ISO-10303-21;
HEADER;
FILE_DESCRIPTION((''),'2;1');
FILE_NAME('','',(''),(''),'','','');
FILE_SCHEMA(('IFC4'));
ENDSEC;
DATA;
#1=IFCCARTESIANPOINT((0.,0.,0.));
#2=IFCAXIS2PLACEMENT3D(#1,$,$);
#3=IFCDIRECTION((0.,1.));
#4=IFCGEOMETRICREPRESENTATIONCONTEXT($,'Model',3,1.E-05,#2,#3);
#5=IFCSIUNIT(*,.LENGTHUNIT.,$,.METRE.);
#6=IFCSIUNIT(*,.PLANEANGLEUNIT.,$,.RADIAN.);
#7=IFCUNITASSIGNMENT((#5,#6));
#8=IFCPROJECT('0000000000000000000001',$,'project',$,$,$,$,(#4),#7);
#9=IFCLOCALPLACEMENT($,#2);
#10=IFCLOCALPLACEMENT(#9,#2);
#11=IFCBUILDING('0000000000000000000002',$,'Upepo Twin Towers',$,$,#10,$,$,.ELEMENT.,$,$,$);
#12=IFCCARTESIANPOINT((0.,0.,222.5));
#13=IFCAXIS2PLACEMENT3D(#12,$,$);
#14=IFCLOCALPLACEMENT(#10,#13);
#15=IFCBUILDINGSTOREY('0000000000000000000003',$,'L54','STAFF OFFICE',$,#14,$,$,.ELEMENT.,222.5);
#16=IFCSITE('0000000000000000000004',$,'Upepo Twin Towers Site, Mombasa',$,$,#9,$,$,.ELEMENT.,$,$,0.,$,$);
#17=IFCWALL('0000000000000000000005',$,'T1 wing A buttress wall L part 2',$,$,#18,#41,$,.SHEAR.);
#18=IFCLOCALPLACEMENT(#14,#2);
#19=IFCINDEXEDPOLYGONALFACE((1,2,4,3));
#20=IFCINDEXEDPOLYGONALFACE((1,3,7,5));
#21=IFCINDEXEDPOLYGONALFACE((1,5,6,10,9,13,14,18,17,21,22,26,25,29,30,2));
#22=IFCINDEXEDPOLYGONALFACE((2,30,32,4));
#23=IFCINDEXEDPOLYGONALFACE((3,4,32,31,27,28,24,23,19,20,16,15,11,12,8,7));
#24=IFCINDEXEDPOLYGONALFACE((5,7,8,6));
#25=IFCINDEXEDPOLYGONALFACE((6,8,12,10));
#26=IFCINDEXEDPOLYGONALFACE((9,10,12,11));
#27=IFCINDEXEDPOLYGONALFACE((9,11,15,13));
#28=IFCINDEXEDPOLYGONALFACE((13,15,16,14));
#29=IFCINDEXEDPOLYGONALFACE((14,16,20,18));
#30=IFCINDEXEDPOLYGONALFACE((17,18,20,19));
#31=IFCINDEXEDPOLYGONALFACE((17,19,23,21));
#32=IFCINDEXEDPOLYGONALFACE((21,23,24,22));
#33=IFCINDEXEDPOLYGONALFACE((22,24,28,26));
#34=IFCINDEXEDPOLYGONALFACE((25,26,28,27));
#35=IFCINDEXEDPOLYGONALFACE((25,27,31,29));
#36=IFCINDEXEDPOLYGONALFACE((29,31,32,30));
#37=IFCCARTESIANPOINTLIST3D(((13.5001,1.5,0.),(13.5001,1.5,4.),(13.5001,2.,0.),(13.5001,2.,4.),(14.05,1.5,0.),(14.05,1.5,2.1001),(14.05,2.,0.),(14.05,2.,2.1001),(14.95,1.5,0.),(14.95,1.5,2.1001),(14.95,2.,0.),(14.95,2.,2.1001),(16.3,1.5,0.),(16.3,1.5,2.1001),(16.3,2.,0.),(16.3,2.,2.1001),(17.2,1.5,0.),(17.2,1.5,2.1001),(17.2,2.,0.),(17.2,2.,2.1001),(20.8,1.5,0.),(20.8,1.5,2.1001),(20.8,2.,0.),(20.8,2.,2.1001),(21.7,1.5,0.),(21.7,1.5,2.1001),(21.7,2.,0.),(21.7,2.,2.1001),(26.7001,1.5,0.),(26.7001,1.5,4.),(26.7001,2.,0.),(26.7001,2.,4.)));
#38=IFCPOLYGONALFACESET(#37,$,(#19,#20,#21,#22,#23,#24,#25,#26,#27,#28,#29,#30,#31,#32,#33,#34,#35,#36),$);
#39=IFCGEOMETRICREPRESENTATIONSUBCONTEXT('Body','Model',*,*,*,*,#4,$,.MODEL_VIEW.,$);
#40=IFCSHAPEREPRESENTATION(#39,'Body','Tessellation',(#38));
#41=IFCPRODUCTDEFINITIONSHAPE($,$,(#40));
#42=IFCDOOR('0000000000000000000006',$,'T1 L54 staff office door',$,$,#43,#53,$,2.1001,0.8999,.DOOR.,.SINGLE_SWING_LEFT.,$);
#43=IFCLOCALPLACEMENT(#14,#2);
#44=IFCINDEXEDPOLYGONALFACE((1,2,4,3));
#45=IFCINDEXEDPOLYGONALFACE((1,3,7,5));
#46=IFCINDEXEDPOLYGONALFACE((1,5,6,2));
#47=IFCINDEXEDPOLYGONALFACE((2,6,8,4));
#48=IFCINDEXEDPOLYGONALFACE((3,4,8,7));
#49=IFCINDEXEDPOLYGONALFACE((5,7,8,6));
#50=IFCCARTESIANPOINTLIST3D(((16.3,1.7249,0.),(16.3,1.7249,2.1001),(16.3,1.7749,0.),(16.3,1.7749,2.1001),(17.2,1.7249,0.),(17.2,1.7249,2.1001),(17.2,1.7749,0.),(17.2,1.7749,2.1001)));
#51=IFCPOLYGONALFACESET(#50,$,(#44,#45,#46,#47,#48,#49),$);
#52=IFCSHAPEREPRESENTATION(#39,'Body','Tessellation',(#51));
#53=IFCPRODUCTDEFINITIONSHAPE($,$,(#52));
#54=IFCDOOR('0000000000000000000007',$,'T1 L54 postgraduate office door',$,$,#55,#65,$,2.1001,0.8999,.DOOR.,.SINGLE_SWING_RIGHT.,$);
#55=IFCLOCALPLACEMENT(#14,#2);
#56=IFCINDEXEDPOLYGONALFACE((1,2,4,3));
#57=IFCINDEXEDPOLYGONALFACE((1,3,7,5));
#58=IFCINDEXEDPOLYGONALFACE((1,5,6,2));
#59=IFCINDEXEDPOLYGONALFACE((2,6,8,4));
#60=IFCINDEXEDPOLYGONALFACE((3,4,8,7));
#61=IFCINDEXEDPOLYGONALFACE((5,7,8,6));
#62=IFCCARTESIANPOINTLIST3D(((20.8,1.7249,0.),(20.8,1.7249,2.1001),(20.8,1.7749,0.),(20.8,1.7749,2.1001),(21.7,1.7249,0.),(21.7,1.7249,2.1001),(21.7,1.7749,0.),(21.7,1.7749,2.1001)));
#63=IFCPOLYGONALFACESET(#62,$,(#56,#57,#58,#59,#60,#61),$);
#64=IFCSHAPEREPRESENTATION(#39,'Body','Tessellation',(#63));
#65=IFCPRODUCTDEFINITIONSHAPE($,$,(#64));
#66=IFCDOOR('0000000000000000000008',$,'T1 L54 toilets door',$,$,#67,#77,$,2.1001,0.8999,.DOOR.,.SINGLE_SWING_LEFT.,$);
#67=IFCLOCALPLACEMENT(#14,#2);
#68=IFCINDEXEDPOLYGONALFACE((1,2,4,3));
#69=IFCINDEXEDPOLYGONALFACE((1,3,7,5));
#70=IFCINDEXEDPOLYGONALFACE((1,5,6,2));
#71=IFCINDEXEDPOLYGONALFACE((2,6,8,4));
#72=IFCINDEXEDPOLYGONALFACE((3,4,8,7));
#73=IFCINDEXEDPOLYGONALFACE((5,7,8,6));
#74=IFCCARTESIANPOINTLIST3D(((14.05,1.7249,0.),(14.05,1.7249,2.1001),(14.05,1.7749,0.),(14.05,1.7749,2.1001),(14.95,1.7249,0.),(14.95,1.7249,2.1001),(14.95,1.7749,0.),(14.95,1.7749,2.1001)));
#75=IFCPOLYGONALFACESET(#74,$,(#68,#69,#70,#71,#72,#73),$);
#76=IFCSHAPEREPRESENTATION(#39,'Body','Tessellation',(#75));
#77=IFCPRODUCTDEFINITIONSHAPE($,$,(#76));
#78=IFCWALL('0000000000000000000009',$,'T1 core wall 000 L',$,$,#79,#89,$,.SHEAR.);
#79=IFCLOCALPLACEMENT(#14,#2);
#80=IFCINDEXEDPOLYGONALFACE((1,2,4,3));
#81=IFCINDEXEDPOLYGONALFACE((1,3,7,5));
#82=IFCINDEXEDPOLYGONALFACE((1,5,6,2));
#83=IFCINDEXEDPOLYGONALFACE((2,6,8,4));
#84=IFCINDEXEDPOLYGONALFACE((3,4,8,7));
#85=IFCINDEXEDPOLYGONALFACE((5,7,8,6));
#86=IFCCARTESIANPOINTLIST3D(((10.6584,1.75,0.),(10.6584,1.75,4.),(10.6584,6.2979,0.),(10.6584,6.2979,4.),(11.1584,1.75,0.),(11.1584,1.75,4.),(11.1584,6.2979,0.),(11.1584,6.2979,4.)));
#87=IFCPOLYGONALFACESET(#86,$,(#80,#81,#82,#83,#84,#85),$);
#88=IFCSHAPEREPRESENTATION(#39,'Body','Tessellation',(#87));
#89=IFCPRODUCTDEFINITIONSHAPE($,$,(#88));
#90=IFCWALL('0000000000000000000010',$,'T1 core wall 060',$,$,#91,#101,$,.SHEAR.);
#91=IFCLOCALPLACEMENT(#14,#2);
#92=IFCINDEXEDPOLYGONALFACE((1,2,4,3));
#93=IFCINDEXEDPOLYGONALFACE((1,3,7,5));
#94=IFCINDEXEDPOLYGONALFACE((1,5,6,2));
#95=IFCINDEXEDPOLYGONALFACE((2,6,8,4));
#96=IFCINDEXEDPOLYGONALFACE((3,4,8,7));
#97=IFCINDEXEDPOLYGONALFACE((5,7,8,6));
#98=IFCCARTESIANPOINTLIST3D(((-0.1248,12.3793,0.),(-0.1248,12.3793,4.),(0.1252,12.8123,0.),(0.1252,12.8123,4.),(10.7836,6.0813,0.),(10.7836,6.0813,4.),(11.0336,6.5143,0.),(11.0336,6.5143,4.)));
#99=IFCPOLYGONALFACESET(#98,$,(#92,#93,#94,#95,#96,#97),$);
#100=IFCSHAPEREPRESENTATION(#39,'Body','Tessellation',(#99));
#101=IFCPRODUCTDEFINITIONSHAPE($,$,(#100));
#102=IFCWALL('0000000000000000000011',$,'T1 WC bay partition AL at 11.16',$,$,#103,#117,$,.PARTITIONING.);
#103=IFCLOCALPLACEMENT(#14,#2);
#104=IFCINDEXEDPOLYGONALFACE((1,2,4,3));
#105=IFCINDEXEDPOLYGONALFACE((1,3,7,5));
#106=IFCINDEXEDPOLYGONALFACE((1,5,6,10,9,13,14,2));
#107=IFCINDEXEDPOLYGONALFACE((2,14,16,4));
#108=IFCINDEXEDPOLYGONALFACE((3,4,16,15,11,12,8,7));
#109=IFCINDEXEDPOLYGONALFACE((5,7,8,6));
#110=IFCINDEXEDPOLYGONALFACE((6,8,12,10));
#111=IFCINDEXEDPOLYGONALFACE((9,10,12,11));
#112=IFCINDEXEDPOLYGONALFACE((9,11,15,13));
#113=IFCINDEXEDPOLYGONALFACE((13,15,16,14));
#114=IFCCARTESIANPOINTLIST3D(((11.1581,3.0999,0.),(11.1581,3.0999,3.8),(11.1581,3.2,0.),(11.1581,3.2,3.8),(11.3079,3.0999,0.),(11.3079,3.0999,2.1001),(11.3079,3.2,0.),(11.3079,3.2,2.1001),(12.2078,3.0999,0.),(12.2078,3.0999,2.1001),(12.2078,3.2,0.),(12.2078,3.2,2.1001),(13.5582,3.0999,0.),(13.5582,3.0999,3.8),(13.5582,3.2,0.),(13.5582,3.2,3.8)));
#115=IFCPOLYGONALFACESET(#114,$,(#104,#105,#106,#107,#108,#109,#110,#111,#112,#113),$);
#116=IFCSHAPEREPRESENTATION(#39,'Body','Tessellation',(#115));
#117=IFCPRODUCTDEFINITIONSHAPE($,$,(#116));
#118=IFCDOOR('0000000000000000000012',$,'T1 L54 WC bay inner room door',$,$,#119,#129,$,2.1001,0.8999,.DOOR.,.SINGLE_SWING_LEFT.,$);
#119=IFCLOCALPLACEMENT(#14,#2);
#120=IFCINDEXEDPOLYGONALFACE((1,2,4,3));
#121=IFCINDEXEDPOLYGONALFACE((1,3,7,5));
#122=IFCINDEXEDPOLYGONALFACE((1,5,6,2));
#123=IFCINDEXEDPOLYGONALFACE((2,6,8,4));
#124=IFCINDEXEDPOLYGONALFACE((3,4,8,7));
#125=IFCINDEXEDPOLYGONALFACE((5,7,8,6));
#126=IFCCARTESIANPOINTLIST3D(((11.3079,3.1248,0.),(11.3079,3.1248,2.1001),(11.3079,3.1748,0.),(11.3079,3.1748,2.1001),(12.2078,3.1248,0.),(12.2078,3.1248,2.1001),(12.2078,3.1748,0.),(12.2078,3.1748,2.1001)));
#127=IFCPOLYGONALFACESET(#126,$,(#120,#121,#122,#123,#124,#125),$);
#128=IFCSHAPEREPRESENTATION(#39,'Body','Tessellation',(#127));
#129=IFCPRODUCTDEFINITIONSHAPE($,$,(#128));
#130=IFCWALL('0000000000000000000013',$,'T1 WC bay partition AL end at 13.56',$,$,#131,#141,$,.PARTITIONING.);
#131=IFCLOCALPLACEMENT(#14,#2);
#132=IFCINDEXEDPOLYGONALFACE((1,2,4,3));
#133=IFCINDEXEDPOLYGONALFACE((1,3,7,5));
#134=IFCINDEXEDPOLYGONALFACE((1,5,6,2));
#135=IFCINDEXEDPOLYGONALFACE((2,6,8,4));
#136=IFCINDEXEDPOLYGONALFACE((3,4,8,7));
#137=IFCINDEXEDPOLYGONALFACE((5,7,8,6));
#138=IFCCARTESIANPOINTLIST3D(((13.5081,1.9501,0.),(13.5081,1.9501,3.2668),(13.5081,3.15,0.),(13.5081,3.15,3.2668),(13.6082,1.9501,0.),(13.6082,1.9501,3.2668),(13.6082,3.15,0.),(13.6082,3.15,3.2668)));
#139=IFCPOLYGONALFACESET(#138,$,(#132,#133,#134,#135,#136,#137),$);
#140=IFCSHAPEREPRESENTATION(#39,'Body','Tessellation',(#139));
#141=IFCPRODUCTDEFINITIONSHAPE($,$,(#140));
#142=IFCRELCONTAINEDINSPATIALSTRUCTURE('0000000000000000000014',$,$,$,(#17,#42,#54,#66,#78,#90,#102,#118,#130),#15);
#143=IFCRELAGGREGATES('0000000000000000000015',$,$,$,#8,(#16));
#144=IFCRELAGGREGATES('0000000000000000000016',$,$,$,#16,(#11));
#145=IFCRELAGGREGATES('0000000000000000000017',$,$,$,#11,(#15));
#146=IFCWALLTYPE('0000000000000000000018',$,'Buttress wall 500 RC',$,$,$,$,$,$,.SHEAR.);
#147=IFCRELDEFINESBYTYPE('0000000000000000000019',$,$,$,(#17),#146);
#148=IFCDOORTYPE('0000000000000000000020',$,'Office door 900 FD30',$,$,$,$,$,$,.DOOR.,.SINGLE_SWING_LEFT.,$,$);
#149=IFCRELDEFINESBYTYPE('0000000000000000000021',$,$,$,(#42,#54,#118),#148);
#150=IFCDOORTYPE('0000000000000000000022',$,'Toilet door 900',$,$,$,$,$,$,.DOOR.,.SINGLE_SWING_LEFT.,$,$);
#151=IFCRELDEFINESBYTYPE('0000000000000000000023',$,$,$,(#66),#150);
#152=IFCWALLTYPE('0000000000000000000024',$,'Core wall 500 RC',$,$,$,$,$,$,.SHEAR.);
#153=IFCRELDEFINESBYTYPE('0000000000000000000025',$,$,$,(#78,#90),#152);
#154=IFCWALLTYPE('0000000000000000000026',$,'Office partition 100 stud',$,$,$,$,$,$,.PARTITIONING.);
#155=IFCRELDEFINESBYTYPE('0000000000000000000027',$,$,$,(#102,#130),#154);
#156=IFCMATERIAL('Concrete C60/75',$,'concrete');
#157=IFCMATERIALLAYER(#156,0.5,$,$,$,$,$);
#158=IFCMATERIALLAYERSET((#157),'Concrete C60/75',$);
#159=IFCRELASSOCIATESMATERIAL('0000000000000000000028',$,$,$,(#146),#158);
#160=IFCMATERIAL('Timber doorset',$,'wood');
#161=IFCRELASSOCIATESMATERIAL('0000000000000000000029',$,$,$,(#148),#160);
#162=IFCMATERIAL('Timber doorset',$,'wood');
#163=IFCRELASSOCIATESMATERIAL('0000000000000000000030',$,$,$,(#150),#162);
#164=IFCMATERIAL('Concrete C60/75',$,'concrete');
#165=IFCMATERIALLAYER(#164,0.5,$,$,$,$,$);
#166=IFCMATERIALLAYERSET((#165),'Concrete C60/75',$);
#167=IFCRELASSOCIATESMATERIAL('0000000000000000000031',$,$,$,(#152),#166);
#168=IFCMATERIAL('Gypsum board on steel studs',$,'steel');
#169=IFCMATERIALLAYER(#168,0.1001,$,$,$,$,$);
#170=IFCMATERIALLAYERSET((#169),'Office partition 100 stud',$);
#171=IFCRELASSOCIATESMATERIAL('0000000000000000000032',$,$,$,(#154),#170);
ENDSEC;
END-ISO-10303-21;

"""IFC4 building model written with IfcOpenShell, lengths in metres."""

from ifc_helpers import new_model, si_unit, direction, frame, frame_2d, origin, place, context, subcontext, project, spatial, rectangle, extrude, material, layer, layer_set, type_object, element, fill, save


model = new_model("IFC4")

# Units and contexts
model_context = context("Model", 3, precision=1e-05, world=origin(), true_north=direction((0.0, 1.0)))
body_context = subcontext(model_context, "Body", "Model", "MODEL_VIEW")
ifc_project = project(units=[si_unit("LENGTHUNIT", "METRE"), si_unit("PLANEANGLEUNIT", "RADIAN")], contexts=[model_context])

# Site, building, storey
site_placement = place(None, origin())
site = spatial("IfcSite", under=ifc_project, at=site_placement, Name="Upepo Twin Towers Site, Mombasa", CompositionType="ELEMENT", RefElevation=0.0)
building_placement = place(site_placement, origin())
building = spatial("IfcBuilding", under=site, at=building_placement, Name="Upepo Twin Towers", CompositionType="ELEMENT")
storey_placement = place(building_placement, frame((0.0, 0.0, 222.5)))
storey = spatial("IfcBuildingStorey", under=building, at=storey_placement, Name="L54", Description="STAFF OFFICE", CompositionType="ELEMENT", Elevation=222.5)

# Wall, openings, doors
ifc_material_1 = material(Name="Concrete C60/75", Category="concrete")
ifc_layer_1 = layer(ifc_material_1, 0.5)
ifc_layer_set_1 = layer_set([ifc_layer_1], Name="Concrete C60/75")
wall_type_1 = type_object("IfcWallType", Name="Buttress wall 500 RC", PredefinedType="SHEAR", material=ifc_layer_set_1)
wall_1_placement = place(storey_placement, frame((13.5, 1.75, 0.0), z_axis=(0.0, 0.0, 1.0), x_axis=(1.0, 0.0, 0.0)))
wall_1 = element("IfcWall", 1, at=wall_1_placement, inside=storey, type_object=wall_type_1, Name="T1 wing A buttress wall L part 2", PredefinedType="SHEAR", context=body_context, shape_type="SweptSolid", body=[
    extrude(rectangle(XDim=13.2, YDim=0.5, at=frame_2d((6.6001, 0.0))), origin(), (0.0, 0.0, 1.0), 4.0),
])
opening_1_placement = place(wall_1_placement, frame((0.55, 0.0, 0.0)))
opening_1 = element("IfcOpeningElement", 2, at=opening_1_placement, cuts=wall_1, PredefinedType="OPENING", context=body_context, shape_type="SweptSolid", body=[
    extrude(rectangle(XDim=0.8999, YDim=2.1001, at=frame_2d((0.45, 1.05))), frame((0.0, 0.26, 0.0), z_axis=(0.0, -1.0, 0.0), x_axis=(1.0, 0.0, 0.0)), (0.0, 0.0, 1.0), 0.52),
])
opening_2_placement = place(wall_1_placement, frame((2.8, 0.0, 0.0)))
opening_2 = element("IfcOpeningElement", 3, at=opening_2_placement, cuts=wall_1, PredefinedType="OPENING", context=body_context, shape_type="SweptSolid", body=[
    extrude(rectangle(XDim=0.8999, YDim=2.1001, at=frame_2d((0.45, 1.05))), frame((0.0, 0.26, 0.0), z_axis=(0.0, -1.0, 0.0), x_axis=(1.0, 0.0, 0.0)), (0.0, 0.0, 1.0), 0.52),
])
opening_3_placement = place(wall_1_placement, frame((7.3, 0.0, 0.0)))
opening_3 = element("IfcOpeningElement", 4, at=opening_3_placement, cuts=wall_1, PredefinedType="OPENING", context=body_context, shape_type="SweptSolid", body=[
    extrude(rectangle(XDim=0.8999, YDim=2.1001, at=frame_2d((0.45, 1.05))), frame((0.0, 0.26, 0.0), z_axis=(0.0, -1.0, 0.0), x_axis=(1.0, 0.0, 0.0)), (0.0, 0.0, 1.0), 0.52),
])
ifc_material_2 = material(Name="Timber doorset", Category="wood")
door_type_1 = type_object("IfcDoorType", Name="Office door 900 FD30", OperationType="SINGLE_SWING_LEFT", PredefinedType="DOOR", material=ifc_material_2)
door_1_placement = place(opening_2_placement, origin())
door_1 = element("IfcDoor", 5, at=door_1_placement, inside=storey, type_object=door_type_1, Name="T1 L54 staff office door", OperationType="SINGLE_SWING_LEFT", OverallHeight=2.1001, OverallWidth=0.8999, PredefinedType="DOOR", context=body_context, shape_type="SweptSolid", body=[
    extrude(rectangle(XDim=0.8999, YDim=2.1001, at=frame_2d((0.45, 1.05))), frame((0.0, 0.0249, 0.0), z_axis=(0.0, -1.0, 0.0), x_axis=(1.0, 0.0, 0.0)), (0.0, 0.0, 1.0), 0.05),
])
fill(opening_2, door_1)
door_2_placement = place(opening_3_placement, origin())
door_2 = element("IfcDoor", 6, at=door_2_placement, inside=storey, type_object=door_type_1, Name="T1 L54 postgraduate office door", OperationType="SINGLE_SWING_RIGHT", OverallHeight=2.1001, OverallWidth=0.8999, PredefinedType="DOOR", context=body_context, shape_type="SweptSolid", body=[
    extrude(rectangle(XDim=0.8999, YDim=2.1001, at=frame_2d((0.45, 1.05))), frame((0.0, 0.0249, 0.0), z_axis=(0.0, -1.0, 0.0), x_axis=(1.0, 0.0, 0.0)), (0.0, 0.0, 1.0), 0.05),
])
fill(opening_3, door_2)
ifc_material_3 = material(Name="Timber doorset", Category="wood")
door_type_2 = type_object("IfcDoorType", Name="Toilet door 900", OperationType="SINGLE_SWING_LEFT", PredefinedType="DOOR", material=ifc_material_3)
door_3_placement = place(opening_1_placement, origin())
door_3 = element("IfcDoor", 7, at=door_3_placement, inside=storey, type_object=door_type_2, Name="T1 L54 toilets door", OperationType="SINGLE_SWING_LEFT", OverallHeight=2.1001, OverallWidth=0.8999, PredefinedType="DOOR", context=body_context, shape_type="SweptSolid", body=[
    extrude(rectangle(XDim=0.8999, YDim=2.1001, at=frame_2d((0.45, 1.05))), frame((0.0, 0.0249, 0.0), z_axis=(0.0, -1.0, 0.0), x_axis=(1.0, 0.0, 0.0)), (0.0, 0.0, 1.0), 0.05),
])
fill(opening_1, door_3)

# Walls
ifc_material_4 = material(Name="Concrete C60/75", Category="concrete")
ifc_layer_2 = layer(ifc_material_4, 0.5)
ifc_layer_set_2 = layer_set([ifc_layer_2], Name="Concrete C60/75")
wall_type_2 = type_object("IfcWallType", Name="Core wall 500 RC", PredefinedType="SHEAR", material=ifc_layer_set_2)
wall_2_placement = place(storey_placement, frame((10.9084, 1.75, 0.0), z_axis=(0.0, 0.0, 1.0), x_axis=(0.0, 1.0, 0.0)))
element("IfcWall", 8, at=wall_2_placement, inside=storey, type_object=wall_type_2, Name="T1 core wall 000 L", PredefinedType="SHEAR", context=body_context, shape_type="SweptSolid", body=[
    extrude(rectangle(XDim=4.5479, YDim=0.5, at=frame_2d((2.2739, 0.0))), origin(), (0.0, 0.0, 1.0), 4.0),
])
wall_3_placement = place(storey_placement, frame((10.9084, 6.2979, 0.0), z_axis=(0.0, 0.0, 1.0), x_axis=(-0.866022, 0.500006, 0.0)))
element("IfcWall", 9, at=wall_3_placement, inside=storey, type_object=wall_type_2, Name="T1 core wall 060", PredefinedType="SHEAR", context=body_context, shape_type="SweptSolid", body=[
    extrude(rectangle(XDim=12.5959, YDim=0.5, at=frame_2d((6.2979, 0.0))), origin(), (0.0, 0.0, 1.0), 4.0),
])

# Wall, opening, door
ifc_material_5 = material(Name="Gypsum board on steel studs", Category="steel")
ifc_layer_3 = layer(ifc_material_5, 0.1001)
ifc_layer_set_3 = layer_set([ifc_layer_3], Name="Office partition 100 stud")
wall_type_3 = type_object("IfcWallType", Name="Office partition 100 stud", PredefinedType="PARTITIONING", material=ifc_layer_set_3)
wall_4_placement = place(storey_placement, frame((11.158, 3.1499, 0.0), z_axis=(0.0, 0.0, 1.0), x_axis=(1.0, 0.0, 0.0)))
wall_4 = element("IfcWall", 10, at=wall_4_placement, inside=storey, type_object=wall_type_3, Name="T1 WC bay partition AL at 11.16", PredefinedType="PARTITIONING", context=body_context, shape_type="SweptSolid", body=[
    extrude(rectangle(XDim=2.4001, YDim=0.1001, at=frame_2d((1.2002, 0.0))), origin(), (0.0, 0.0, 1.0), 3.8),
])
opening_4_placement = place(wall_4_placement, frame((0.1499, 0.0, 0.0)))
opening_4 = element("IfcOpeningElement", 11, at=opening_4_placement, cuts=wall_4, PredefinedType="OPENING", context=body_context, shape_type="SweptSolid", body=[
    extrude(rectangle(XDim=0.8999, YDim=2.1001, at=frame_2d((0.45, 1.05))), frame((0.0, 0.0601, 0.0), z_axis=(0.0, -1.0, 0.0), x_axis=(1.0, 0.0, 0.0)), (0.0, 0.0, 1.0), 0.1201),
])
door_4_placement = place(opening_4_placement, origin())
door_4 = element("IfcDoor", 12, at=door_4_placement, inside=storey, type_object=door_type_1, Name="T1 L54 WC bay inner room door", OperationType="SINGLE_SWING_LEFT", OverallHeight=2.1001, OverallWidth=0.8999, PredefinedType="DOOR", context=body_context, shape_type="SweptSolid", body=[
    extrude(rectangle(XDim=0.8999, YDim=2.1001, at=frame_2d((0.45, 1.05))), frame((0.0, 0.0249, 0.0), z_axis=(0.0, -1.0, 0.0), x_axis=(1.0, 0.0, 0.0)), (0.0, 0.0, 1.0), 0.05),
])
fill(opening_4, door_4)

# Wall
wall_5_placement = place(storey_placement, frame((13.5581, 1.95, 0.0), z_axis=(0.0, 0.0, 1.0), x_axis=(0.0, 1.0, 0.0)))
element("IfcWall", 13, at=wall_5_placement, inside=storey, type_object=wall_type_3, Name="T1 WC bay partition AL end at 13.56", PredefinedType="PARTITIONING", context=body_context, shape_type="SweptSolid", body=[
    extrude(rectangle(XDim=1.2, YDim=0.1001, at=frame_2d((0.6001, 0.0))), origin(), (0.0, 0.0, 1.0), 3.2668),
])

save(model, "model.ifc")
